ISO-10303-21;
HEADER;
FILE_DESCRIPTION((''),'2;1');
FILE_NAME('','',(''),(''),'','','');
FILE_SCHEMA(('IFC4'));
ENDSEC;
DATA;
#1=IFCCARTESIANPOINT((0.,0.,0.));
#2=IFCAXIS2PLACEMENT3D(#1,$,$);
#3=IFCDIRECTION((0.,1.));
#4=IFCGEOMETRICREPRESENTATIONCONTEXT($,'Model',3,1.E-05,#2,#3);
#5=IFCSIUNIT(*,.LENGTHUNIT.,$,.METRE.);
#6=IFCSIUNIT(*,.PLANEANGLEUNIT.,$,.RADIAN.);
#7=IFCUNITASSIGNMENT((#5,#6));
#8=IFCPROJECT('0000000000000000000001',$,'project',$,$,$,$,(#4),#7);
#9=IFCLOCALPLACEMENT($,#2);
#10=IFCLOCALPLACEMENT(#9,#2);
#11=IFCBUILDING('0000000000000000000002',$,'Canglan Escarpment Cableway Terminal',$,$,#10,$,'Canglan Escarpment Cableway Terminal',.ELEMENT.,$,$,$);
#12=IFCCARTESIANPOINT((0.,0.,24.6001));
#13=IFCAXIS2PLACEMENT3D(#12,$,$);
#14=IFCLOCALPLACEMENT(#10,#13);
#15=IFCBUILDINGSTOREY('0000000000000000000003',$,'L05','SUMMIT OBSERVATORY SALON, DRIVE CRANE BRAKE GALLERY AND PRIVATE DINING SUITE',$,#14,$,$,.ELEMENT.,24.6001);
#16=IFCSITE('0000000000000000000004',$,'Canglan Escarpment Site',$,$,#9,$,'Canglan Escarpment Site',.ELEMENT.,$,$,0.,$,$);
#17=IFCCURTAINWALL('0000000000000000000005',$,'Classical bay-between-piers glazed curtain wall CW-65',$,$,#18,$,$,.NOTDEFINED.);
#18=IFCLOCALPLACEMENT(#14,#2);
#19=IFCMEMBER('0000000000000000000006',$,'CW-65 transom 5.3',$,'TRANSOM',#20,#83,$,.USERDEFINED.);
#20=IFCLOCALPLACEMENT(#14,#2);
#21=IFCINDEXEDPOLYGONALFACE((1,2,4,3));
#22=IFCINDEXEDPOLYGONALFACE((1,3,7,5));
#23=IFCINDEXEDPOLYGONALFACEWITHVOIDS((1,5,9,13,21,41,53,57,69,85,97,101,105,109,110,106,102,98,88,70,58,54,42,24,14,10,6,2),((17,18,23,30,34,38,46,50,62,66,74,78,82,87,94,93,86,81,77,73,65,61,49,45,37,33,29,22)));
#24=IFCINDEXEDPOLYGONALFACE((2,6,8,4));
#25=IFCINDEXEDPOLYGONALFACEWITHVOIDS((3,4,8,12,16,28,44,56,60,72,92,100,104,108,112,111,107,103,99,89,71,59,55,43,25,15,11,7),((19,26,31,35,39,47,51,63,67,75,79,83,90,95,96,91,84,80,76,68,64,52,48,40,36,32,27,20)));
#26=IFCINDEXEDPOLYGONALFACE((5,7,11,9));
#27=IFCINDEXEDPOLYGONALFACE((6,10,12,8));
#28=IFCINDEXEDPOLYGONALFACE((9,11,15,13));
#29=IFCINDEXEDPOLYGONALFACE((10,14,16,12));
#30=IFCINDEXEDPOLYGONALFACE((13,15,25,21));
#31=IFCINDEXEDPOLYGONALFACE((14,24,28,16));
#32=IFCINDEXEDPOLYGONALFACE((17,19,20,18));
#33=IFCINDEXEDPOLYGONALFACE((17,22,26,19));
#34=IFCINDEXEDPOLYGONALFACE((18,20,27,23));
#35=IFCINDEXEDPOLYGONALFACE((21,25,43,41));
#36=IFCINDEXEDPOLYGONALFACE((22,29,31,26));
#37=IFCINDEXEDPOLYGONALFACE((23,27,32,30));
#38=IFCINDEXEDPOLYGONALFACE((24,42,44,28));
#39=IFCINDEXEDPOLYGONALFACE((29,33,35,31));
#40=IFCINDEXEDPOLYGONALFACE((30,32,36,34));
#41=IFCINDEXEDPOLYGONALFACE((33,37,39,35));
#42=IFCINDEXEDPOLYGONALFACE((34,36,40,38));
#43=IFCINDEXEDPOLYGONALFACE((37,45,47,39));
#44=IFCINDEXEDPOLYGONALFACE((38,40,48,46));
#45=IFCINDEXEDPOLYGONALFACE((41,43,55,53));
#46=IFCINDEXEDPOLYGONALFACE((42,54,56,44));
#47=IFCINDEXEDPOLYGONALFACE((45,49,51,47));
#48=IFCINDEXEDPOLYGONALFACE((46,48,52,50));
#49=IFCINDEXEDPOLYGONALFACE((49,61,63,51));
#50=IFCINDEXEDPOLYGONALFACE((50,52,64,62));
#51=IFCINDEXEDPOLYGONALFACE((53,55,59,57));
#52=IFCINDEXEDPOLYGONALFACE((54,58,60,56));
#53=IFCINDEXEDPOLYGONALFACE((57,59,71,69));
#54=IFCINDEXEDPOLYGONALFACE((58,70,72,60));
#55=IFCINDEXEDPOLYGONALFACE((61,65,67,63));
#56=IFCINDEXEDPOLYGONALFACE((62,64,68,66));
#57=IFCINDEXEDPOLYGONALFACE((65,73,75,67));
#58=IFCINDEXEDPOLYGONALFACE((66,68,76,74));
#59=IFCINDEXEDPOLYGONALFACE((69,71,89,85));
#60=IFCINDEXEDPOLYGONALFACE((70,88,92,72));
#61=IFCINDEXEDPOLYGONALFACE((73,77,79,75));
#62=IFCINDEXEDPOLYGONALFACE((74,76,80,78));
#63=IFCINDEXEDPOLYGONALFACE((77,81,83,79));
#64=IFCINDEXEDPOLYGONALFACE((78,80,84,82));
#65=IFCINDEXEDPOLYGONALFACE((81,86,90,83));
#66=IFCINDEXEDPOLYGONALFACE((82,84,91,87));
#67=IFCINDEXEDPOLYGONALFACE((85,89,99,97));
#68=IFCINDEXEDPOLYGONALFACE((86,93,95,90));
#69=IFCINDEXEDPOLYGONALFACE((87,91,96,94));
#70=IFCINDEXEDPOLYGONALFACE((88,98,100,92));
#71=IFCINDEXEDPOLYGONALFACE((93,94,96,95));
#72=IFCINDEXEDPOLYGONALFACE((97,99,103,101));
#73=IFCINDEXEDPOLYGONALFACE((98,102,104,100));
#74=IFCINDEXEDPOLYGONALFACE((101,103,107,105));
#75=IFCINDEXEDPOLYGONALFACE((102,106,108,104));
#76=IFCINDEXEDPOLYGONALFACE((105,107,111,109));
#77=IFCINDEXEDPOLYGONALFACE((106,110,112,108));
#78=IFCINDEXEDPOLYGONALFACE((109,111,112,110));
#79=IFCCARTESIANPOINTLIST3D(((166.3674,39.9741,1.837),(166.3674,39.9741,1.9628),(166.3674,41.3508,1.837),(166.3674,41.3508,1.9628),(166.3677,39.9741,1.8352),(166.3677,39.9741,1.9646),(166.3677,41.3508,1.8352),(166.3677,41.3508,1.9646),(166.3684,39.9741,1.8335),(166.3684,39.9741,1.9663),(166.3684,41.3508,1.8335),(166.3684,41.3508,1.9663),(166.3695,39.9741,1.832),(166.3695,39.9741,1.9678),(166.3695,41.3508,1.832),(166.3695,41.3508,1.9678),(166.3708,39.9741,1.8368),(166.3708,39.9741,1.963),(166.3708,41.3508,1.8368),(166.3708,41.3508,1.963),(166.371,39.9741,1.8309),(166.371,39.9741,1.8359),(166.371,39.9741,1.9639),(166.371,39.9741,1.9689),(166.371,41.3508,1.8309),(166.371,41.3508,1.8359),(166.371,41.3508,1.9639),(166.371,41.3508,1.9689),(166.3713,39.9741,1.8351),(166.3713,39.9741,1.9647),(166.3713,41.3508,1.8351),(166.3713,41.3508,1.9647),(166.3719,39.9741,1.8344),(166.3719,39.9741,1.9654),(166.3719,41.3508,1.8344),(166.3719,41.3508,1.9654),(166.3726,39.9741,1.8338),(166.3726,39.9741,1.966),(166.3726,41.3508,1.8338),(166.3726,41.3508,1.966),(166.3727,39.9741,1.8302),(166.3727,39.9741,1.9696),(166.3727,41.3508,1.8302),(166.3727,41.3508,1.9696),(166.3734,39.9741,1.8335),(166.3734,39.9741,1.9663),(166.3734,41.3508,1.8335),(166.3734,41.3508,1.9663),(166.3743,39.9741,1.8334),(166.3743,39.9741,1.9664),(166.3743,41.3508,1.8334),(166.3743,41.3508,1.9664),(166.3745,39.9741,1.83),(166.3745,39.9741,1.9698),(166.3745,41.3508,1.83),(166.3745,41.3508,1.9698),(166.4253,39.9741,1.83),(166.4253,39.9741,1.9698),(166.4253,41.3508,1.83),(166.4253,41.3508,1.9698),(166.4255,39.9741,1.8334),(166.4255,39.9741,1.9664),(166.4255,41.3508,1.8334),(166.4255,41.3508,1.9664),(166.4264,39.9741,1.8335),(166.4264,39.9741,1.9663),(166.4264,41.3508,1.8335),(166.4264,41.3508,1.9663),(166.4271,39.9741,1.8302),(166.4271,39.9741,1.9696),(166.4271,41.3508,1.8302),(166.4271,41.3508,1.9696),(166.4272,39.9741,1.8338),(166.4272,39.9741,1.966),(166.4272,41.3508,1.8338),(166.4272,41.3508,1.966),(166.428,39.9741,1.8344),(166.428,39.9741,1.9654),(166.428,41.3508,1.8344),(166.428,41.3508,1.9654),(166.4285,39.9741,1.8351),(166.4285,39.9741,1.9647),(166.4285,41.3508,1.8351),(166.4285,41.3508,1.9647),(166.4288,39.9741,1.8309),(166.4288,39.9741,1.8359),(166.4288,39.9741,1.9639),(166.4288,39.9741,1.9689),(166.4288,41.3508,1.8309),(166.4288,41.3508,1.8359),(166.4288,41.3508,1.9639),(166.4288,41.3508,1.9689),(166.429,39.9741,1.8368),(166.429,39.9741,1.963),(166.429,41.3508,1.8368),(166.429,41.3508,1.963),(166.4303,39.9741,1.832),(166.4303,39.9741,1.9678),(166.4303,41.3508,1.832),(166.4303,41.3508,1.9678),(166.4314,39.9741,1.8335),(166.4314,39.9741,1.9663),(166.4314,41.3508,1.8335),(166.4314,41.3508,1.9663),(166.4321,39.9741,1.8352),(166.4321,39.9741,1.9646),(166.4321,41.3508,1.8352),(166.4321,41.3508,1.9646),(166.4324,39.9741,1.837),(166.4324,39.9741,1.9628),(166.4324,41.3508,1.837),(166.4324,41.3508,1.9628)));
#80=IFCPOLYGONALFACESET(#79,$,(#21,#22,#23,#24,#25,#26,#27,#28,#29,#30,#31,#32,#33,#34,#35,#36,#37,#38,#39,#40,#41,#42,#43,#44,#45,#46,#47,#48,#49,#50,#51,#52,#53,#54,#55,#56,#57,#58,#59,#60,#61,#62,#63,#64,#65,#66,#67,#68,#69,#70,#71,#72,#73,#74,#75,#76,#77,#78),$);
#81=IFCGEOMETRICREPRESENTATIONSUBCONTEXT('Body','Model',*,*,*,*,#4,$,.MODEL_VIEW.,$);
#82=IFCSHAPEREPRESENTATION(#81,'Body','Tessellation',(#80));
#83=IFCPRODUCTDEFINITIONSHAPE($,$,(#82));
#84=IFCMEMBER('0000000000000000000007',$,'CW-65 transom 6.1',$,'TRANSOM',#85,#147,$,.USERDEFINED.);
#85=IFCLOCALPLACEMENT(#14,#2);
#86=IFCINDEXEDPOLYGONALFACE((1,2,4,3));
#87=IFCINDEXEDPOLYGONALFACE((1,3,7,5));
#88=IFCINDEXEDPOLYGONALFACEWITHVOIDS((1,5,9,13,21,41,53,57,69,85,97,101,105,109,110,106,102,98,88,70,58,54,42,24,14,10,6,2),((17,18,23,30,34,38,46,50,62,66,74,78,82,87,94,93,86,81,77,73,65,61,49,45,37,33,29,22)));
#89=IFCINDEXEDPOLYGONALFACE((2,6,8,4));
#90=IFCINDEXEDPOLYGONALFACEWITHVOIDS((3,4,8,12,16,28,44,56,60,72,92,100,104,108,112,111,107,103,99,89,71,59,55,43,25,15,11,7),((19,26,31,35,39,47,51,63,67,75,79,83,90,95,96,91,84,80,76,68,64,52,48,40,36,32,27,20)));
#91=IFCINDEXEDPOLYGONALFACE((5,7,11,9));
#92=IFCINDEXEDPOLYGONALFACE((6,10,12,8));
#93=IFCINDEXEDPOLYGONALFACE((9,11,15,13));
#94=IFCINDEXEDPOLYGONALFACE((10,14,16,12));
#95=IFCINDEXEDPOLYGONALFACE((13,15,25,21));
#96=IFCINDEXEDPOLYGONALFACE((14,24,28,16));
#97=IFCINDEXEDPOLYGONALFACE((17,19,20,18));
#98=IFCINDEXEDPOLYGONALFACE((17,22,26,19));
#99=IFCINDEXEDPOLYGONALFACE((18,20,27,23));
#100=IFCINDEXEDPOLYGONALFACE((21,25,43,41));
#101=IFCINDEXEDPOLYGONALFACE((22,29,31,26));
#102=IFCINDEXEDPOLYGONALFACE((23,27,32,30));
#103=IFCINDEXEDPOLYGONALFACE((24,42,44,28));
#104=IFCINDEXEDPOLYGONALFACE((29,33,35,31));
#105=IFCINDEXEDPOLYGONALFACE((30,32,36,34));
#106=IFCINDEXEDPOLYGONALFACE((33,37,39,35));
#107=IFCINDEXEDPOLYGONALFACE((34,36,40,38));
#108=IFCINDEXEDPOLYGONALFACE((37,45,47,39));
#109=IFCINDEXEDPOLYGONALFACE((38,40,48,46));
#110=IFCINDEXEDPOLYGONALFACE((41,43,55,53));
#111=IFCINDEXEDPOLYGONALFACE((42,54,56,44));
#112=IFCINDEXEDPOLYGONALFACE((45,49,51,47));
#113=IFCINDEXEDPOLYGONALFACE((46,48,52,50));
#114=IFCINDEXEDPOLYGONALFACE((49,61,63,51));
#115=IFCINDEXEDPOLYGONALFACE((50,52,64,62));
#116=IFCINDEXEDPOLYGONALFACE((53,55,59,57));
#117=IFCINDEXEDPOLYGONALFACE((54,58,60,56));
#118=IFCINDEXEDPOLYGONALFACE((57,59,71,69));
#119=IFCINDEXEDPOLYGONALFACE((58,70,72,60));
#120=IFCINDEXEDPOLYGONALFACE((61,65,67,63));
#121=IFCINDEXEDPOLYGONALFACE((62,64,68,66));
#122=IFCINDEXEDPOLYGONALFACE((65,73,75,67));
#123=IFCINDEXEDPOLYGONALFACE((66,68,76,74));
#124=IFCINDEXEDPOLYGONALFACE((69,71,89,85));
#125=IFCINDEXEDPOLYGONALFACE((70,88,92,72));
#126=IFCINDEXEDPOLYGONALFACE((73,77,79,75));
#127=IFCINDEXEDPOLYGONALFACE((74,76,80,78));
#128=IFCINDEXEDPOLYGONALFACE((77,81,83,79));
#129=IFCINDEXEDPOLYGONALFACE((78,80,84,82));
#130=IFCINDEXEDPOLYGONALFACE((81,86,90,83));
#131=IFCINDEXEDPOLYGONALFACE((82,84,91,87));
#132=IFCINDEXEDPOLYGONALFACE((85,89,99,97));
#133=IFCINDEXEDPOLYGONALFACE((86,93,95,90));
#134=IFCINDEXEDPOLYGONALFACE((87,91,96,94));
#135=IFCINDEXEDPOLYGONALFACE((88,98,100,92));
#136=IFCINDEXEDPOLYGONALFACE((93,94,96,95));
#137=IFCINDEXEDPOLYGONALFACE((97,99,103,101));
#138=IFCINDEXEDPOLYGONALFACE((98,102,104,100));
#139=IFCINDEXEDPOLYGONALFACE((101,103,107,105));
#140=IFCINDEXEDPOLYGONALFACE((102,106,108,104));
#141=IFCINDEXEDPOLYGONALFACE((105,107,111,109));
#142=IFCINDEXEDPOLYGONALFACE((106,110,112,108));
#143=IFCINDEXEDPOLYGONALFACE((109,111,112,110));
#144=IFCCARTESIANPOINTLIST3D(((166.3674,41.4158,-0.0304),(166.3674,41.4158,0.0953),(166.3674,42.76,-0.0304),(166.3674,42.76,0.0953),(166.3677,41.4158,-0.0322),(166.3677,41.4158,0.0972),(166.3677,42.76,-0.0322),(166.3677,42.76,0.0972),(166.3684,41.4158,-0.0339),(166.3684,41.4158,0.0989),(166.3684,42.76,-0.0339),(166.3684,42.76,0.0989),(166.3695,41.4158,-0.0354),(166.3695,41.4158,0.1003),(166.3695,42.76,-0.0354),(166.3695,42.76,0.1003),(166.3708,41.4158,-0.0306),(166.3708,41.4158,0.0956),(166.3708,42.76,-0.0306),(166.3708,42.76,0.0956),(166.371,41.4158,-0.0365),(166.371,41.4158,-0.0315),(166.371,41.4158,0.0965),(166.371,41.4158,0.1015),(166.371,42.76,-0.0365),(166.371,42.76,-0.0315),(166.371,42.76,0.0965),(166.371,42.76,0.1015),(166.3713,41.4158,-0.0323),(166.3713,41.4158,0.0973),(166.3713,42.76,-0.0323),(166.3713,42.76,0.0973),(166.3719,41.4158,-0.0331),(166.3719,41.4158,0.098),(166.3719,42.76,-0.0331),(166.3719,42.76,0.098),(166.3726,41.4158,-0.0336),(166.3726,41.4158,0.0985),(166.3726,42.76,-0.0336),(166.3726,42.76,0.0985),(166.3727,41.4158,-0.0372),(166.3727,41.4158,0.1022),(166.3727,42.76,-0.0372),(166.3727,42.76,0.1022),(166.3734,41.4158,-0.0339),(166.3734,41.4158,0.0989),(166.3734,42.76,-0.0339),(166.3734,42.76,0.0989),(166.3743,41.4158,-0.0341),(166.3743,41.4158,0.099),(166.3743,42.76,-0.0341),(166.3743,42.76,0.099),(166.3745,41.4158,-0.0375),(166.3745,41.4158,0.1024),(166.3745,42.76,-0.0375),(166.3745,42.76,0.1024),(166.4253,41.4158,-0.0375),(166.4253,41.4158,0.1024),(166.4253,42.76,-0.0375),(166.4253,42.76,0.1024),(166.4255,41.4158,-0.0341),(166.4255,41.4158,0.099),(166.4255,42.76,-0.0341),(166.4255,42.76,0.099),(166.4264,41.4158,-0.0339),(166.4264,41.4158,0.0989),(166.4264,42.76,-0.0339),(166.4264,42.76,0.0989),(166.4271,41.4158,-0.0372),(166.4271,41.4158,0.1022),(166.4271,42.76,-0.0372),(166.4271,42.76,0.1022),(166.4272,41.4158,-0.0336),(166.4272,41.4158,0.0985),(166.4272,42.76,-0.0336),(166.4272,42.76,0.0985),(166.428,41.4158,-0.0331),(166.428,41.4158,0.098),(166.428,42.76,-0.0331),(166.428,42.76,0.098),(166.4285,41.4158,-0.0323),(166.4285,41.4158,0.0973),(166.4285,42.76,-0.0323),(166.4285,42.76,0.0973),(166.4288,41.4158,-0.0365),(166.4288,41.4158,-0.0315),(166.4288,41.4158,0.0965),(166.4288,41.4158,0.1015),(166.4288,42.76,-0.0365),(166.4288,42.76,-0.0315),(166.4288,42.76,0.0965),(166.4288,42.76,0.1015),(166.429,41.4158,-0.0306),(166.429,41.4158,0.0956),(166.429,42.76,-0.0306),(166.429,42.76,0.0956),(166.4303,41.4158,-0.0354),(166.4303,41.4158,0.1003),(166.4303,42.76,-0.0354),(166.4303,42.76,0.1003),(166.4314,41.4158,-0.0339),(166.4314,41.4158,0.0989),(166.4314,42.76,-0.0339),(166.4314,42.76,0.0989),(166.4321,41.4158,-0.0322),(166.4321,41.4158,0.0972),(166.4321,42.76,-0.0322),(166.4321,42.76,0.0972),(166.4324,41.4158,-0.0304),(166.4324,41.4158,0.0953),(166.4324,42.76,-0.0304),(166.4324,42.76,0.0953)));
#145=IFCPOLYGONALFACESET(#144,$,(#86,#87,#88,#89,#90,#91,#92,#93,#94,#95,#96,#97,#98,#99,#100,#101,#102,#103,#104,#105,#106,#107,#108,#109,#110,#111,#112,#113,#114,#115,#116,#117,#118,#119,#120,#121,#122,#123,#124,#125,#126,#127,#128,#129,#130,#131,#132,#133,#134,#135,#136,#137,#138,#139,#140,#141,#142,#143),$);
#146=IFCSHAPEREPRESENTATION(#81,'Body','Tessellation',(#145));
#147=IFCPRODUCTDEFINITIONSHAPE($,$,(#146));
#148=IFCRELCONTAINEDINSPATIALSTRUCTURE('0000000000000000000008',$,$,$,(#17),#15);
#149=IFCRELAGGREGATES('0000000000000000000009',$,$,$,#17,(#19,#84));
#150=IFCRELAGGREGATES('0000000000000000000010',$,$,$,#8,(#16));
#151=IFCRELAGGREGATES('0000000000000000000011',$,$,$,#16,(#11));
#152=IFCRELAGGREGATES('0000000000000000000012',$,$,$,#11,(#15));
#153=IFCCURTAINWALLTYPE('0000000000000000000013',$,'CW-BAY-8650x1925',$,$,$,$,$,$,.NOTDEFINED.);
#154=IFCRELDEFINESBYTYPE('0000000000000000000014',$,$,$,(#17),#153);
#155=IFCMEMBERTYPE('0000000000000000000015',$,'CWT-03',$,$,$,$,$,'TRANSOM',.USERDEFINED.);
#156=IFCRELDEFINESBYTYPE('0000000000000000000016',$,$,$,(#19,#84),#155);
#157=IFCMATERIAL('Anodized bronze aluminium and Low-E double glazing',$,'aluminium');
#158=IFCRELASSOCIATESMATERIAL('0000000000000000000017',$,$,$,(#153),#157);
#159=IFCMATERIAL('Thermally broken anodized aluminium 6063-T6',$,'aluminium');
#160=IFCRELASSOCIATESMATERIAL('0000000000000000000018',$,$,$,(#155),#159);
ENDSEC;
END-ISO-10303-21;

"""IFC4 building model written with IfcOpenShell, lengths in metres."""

from ifc_helpers import new_model, si_unit, direction, frame, origin, origin_2d, place, context, subcontext, project, spatial, hollow_rectangle, extrude, material, material_profile, profile_set, type_object, element, aggregate, save


model = new_model("IFC4")

# Units and contexts
model_context = context("Model", 3, precision=1e-05, world=origin(), true_north=direction((0.0, 1.0)))
body_context = subcontext(model_context, "Body", "Model", "MODEL_VIEW")
ifc_project = project(units=[si_unit("LENGTHUNIT", "METRE"), si_unit("PLANEANGLEUNIT", "RADIAN")], contexts=[model_context])

# Site, building, storey
site_placement = place(None, origin())
site = spatial("IfcSite", under=ifc_project, at=site_placement, Name="Canglan Escarpment Site", LongName="Canglan Escarpment Site", CompositionType="ELEMENT", RefElevation=0.0)
building_placement = place(site_placement, origin())
building = spatial("IfcBuilding", under=site, at=building_placement, Name="Canglan Escarpment Cableway Terminal", LongName="Canglan Escarpment Cableway Terminal", CompositionType="ELEMENT")
storey_placement = place(building_placement, frame((0.0, 0.0, 24.6001)))
storey = spatial("IfcBuildingStorey", under=building, at=storey_placement, Name="L05", Description="SUMMIT OBSERVATORY SALON, DRIVE CRANE BRAKE GALLERY AND PRIVATE DINING SUITE", CompositionType="ELEMENT", Elevation=24.6001)

# Curtain wall, members
ifc_material_1 = material(Name="Anodized bronze aluminium and Low-E double glazing", Category="aluminium")
curtain_wall_type = type_object("IfcCurtainWallType", Name="CW-BAY-8650x1925", PredefinedType="NOTDEFINED", material=ifc_material_1)
curtain_wall_placement = place(storey_placement, origin())
curtain_wall = element("IfcCurtainWall", 1, at=curtain_wall_placement, inside=storey, type_object=curtain_wall_type, Name="Classical bay-between-piers glazed curtain wall CW-65", PredefinedType="NOTDEFINED")
ifc_material_2 = material(Name="Thermally broken anodized aluminium 6063-T6", Category="aluminium")
ifc_material_profile_1 = material_profile(ifc_material_2, hollow_rectangle(XDim=0.0649, YDim=0.1399, WallThickness=0.0034, InnerFilletRadius=0.0034, OuterFilletRadius=0.0071, at=origin_2d()), Name="ALU-TRAN 65x140x3.5")
ifc_profile_set_1 = profile_set([ifc_material_profile_1], Name="Thermally broken anodized aluminium 6063-T6")
member_type_1 = type_object("IfcMemberType", Name="CWT-03", ElementType="TRANSOM", PredefinedType="USERDEFINED", material=ifc_profile_set_1)
member_1_placement = place(storey_placement, frame((166.3999, 39.9741, 1.8999), z_axis=(0.0, 1.0, 0.0), x_axis=(-1.0, 0.0, 0.0)))
member_1 = element("IfcMember", 2, at=member_1_placement, type_object=member_type_1, Name="CW-65 transom 5.3", ObjectType="TRANSOM", PredefinedType="USERDEFINED", context=body_context, shape_type="SweptSolid", body=[
    extrude(hollow_rectangle(XDim=0.0649, YDim=0.1399, WallThickness=0.0034, InnerFilletRadius=0.0034, OuterFilletRadius=0.0071, at=origin_2d()), origin(), (0.0, 0.0, 1.0), 1.3767),
])
member_2_placement = place(storey_placement, frame((166.3999, 41.4158, 0.0325), z_axis=(0.0, 1.0, 0.0), x_axis=(-1.0, 0.0, 0.0)))
member_2 = element("IfcMember", 3, at=member_2_placement, type_object=member_type_1, Name="CW-65 transom 6.1", ObjectType="TRANSOM", PredefinedType="USERDEFINED", context=body_context, shape_type="SweptSolid", body=[
    extrude(hollow_rectangle(XDim=0.0649, YDim=0.1399, WallThickness=0.0034, InnerFilletRadius=0.0034, OuterFilletRadius=0.0071, at=origin_2d()), origin(), (0.0, 0.0, 1.0), 1.3442),
])
aggregate(curtain_wall, [member_1, member_2])

save(model, "model.ifc")
